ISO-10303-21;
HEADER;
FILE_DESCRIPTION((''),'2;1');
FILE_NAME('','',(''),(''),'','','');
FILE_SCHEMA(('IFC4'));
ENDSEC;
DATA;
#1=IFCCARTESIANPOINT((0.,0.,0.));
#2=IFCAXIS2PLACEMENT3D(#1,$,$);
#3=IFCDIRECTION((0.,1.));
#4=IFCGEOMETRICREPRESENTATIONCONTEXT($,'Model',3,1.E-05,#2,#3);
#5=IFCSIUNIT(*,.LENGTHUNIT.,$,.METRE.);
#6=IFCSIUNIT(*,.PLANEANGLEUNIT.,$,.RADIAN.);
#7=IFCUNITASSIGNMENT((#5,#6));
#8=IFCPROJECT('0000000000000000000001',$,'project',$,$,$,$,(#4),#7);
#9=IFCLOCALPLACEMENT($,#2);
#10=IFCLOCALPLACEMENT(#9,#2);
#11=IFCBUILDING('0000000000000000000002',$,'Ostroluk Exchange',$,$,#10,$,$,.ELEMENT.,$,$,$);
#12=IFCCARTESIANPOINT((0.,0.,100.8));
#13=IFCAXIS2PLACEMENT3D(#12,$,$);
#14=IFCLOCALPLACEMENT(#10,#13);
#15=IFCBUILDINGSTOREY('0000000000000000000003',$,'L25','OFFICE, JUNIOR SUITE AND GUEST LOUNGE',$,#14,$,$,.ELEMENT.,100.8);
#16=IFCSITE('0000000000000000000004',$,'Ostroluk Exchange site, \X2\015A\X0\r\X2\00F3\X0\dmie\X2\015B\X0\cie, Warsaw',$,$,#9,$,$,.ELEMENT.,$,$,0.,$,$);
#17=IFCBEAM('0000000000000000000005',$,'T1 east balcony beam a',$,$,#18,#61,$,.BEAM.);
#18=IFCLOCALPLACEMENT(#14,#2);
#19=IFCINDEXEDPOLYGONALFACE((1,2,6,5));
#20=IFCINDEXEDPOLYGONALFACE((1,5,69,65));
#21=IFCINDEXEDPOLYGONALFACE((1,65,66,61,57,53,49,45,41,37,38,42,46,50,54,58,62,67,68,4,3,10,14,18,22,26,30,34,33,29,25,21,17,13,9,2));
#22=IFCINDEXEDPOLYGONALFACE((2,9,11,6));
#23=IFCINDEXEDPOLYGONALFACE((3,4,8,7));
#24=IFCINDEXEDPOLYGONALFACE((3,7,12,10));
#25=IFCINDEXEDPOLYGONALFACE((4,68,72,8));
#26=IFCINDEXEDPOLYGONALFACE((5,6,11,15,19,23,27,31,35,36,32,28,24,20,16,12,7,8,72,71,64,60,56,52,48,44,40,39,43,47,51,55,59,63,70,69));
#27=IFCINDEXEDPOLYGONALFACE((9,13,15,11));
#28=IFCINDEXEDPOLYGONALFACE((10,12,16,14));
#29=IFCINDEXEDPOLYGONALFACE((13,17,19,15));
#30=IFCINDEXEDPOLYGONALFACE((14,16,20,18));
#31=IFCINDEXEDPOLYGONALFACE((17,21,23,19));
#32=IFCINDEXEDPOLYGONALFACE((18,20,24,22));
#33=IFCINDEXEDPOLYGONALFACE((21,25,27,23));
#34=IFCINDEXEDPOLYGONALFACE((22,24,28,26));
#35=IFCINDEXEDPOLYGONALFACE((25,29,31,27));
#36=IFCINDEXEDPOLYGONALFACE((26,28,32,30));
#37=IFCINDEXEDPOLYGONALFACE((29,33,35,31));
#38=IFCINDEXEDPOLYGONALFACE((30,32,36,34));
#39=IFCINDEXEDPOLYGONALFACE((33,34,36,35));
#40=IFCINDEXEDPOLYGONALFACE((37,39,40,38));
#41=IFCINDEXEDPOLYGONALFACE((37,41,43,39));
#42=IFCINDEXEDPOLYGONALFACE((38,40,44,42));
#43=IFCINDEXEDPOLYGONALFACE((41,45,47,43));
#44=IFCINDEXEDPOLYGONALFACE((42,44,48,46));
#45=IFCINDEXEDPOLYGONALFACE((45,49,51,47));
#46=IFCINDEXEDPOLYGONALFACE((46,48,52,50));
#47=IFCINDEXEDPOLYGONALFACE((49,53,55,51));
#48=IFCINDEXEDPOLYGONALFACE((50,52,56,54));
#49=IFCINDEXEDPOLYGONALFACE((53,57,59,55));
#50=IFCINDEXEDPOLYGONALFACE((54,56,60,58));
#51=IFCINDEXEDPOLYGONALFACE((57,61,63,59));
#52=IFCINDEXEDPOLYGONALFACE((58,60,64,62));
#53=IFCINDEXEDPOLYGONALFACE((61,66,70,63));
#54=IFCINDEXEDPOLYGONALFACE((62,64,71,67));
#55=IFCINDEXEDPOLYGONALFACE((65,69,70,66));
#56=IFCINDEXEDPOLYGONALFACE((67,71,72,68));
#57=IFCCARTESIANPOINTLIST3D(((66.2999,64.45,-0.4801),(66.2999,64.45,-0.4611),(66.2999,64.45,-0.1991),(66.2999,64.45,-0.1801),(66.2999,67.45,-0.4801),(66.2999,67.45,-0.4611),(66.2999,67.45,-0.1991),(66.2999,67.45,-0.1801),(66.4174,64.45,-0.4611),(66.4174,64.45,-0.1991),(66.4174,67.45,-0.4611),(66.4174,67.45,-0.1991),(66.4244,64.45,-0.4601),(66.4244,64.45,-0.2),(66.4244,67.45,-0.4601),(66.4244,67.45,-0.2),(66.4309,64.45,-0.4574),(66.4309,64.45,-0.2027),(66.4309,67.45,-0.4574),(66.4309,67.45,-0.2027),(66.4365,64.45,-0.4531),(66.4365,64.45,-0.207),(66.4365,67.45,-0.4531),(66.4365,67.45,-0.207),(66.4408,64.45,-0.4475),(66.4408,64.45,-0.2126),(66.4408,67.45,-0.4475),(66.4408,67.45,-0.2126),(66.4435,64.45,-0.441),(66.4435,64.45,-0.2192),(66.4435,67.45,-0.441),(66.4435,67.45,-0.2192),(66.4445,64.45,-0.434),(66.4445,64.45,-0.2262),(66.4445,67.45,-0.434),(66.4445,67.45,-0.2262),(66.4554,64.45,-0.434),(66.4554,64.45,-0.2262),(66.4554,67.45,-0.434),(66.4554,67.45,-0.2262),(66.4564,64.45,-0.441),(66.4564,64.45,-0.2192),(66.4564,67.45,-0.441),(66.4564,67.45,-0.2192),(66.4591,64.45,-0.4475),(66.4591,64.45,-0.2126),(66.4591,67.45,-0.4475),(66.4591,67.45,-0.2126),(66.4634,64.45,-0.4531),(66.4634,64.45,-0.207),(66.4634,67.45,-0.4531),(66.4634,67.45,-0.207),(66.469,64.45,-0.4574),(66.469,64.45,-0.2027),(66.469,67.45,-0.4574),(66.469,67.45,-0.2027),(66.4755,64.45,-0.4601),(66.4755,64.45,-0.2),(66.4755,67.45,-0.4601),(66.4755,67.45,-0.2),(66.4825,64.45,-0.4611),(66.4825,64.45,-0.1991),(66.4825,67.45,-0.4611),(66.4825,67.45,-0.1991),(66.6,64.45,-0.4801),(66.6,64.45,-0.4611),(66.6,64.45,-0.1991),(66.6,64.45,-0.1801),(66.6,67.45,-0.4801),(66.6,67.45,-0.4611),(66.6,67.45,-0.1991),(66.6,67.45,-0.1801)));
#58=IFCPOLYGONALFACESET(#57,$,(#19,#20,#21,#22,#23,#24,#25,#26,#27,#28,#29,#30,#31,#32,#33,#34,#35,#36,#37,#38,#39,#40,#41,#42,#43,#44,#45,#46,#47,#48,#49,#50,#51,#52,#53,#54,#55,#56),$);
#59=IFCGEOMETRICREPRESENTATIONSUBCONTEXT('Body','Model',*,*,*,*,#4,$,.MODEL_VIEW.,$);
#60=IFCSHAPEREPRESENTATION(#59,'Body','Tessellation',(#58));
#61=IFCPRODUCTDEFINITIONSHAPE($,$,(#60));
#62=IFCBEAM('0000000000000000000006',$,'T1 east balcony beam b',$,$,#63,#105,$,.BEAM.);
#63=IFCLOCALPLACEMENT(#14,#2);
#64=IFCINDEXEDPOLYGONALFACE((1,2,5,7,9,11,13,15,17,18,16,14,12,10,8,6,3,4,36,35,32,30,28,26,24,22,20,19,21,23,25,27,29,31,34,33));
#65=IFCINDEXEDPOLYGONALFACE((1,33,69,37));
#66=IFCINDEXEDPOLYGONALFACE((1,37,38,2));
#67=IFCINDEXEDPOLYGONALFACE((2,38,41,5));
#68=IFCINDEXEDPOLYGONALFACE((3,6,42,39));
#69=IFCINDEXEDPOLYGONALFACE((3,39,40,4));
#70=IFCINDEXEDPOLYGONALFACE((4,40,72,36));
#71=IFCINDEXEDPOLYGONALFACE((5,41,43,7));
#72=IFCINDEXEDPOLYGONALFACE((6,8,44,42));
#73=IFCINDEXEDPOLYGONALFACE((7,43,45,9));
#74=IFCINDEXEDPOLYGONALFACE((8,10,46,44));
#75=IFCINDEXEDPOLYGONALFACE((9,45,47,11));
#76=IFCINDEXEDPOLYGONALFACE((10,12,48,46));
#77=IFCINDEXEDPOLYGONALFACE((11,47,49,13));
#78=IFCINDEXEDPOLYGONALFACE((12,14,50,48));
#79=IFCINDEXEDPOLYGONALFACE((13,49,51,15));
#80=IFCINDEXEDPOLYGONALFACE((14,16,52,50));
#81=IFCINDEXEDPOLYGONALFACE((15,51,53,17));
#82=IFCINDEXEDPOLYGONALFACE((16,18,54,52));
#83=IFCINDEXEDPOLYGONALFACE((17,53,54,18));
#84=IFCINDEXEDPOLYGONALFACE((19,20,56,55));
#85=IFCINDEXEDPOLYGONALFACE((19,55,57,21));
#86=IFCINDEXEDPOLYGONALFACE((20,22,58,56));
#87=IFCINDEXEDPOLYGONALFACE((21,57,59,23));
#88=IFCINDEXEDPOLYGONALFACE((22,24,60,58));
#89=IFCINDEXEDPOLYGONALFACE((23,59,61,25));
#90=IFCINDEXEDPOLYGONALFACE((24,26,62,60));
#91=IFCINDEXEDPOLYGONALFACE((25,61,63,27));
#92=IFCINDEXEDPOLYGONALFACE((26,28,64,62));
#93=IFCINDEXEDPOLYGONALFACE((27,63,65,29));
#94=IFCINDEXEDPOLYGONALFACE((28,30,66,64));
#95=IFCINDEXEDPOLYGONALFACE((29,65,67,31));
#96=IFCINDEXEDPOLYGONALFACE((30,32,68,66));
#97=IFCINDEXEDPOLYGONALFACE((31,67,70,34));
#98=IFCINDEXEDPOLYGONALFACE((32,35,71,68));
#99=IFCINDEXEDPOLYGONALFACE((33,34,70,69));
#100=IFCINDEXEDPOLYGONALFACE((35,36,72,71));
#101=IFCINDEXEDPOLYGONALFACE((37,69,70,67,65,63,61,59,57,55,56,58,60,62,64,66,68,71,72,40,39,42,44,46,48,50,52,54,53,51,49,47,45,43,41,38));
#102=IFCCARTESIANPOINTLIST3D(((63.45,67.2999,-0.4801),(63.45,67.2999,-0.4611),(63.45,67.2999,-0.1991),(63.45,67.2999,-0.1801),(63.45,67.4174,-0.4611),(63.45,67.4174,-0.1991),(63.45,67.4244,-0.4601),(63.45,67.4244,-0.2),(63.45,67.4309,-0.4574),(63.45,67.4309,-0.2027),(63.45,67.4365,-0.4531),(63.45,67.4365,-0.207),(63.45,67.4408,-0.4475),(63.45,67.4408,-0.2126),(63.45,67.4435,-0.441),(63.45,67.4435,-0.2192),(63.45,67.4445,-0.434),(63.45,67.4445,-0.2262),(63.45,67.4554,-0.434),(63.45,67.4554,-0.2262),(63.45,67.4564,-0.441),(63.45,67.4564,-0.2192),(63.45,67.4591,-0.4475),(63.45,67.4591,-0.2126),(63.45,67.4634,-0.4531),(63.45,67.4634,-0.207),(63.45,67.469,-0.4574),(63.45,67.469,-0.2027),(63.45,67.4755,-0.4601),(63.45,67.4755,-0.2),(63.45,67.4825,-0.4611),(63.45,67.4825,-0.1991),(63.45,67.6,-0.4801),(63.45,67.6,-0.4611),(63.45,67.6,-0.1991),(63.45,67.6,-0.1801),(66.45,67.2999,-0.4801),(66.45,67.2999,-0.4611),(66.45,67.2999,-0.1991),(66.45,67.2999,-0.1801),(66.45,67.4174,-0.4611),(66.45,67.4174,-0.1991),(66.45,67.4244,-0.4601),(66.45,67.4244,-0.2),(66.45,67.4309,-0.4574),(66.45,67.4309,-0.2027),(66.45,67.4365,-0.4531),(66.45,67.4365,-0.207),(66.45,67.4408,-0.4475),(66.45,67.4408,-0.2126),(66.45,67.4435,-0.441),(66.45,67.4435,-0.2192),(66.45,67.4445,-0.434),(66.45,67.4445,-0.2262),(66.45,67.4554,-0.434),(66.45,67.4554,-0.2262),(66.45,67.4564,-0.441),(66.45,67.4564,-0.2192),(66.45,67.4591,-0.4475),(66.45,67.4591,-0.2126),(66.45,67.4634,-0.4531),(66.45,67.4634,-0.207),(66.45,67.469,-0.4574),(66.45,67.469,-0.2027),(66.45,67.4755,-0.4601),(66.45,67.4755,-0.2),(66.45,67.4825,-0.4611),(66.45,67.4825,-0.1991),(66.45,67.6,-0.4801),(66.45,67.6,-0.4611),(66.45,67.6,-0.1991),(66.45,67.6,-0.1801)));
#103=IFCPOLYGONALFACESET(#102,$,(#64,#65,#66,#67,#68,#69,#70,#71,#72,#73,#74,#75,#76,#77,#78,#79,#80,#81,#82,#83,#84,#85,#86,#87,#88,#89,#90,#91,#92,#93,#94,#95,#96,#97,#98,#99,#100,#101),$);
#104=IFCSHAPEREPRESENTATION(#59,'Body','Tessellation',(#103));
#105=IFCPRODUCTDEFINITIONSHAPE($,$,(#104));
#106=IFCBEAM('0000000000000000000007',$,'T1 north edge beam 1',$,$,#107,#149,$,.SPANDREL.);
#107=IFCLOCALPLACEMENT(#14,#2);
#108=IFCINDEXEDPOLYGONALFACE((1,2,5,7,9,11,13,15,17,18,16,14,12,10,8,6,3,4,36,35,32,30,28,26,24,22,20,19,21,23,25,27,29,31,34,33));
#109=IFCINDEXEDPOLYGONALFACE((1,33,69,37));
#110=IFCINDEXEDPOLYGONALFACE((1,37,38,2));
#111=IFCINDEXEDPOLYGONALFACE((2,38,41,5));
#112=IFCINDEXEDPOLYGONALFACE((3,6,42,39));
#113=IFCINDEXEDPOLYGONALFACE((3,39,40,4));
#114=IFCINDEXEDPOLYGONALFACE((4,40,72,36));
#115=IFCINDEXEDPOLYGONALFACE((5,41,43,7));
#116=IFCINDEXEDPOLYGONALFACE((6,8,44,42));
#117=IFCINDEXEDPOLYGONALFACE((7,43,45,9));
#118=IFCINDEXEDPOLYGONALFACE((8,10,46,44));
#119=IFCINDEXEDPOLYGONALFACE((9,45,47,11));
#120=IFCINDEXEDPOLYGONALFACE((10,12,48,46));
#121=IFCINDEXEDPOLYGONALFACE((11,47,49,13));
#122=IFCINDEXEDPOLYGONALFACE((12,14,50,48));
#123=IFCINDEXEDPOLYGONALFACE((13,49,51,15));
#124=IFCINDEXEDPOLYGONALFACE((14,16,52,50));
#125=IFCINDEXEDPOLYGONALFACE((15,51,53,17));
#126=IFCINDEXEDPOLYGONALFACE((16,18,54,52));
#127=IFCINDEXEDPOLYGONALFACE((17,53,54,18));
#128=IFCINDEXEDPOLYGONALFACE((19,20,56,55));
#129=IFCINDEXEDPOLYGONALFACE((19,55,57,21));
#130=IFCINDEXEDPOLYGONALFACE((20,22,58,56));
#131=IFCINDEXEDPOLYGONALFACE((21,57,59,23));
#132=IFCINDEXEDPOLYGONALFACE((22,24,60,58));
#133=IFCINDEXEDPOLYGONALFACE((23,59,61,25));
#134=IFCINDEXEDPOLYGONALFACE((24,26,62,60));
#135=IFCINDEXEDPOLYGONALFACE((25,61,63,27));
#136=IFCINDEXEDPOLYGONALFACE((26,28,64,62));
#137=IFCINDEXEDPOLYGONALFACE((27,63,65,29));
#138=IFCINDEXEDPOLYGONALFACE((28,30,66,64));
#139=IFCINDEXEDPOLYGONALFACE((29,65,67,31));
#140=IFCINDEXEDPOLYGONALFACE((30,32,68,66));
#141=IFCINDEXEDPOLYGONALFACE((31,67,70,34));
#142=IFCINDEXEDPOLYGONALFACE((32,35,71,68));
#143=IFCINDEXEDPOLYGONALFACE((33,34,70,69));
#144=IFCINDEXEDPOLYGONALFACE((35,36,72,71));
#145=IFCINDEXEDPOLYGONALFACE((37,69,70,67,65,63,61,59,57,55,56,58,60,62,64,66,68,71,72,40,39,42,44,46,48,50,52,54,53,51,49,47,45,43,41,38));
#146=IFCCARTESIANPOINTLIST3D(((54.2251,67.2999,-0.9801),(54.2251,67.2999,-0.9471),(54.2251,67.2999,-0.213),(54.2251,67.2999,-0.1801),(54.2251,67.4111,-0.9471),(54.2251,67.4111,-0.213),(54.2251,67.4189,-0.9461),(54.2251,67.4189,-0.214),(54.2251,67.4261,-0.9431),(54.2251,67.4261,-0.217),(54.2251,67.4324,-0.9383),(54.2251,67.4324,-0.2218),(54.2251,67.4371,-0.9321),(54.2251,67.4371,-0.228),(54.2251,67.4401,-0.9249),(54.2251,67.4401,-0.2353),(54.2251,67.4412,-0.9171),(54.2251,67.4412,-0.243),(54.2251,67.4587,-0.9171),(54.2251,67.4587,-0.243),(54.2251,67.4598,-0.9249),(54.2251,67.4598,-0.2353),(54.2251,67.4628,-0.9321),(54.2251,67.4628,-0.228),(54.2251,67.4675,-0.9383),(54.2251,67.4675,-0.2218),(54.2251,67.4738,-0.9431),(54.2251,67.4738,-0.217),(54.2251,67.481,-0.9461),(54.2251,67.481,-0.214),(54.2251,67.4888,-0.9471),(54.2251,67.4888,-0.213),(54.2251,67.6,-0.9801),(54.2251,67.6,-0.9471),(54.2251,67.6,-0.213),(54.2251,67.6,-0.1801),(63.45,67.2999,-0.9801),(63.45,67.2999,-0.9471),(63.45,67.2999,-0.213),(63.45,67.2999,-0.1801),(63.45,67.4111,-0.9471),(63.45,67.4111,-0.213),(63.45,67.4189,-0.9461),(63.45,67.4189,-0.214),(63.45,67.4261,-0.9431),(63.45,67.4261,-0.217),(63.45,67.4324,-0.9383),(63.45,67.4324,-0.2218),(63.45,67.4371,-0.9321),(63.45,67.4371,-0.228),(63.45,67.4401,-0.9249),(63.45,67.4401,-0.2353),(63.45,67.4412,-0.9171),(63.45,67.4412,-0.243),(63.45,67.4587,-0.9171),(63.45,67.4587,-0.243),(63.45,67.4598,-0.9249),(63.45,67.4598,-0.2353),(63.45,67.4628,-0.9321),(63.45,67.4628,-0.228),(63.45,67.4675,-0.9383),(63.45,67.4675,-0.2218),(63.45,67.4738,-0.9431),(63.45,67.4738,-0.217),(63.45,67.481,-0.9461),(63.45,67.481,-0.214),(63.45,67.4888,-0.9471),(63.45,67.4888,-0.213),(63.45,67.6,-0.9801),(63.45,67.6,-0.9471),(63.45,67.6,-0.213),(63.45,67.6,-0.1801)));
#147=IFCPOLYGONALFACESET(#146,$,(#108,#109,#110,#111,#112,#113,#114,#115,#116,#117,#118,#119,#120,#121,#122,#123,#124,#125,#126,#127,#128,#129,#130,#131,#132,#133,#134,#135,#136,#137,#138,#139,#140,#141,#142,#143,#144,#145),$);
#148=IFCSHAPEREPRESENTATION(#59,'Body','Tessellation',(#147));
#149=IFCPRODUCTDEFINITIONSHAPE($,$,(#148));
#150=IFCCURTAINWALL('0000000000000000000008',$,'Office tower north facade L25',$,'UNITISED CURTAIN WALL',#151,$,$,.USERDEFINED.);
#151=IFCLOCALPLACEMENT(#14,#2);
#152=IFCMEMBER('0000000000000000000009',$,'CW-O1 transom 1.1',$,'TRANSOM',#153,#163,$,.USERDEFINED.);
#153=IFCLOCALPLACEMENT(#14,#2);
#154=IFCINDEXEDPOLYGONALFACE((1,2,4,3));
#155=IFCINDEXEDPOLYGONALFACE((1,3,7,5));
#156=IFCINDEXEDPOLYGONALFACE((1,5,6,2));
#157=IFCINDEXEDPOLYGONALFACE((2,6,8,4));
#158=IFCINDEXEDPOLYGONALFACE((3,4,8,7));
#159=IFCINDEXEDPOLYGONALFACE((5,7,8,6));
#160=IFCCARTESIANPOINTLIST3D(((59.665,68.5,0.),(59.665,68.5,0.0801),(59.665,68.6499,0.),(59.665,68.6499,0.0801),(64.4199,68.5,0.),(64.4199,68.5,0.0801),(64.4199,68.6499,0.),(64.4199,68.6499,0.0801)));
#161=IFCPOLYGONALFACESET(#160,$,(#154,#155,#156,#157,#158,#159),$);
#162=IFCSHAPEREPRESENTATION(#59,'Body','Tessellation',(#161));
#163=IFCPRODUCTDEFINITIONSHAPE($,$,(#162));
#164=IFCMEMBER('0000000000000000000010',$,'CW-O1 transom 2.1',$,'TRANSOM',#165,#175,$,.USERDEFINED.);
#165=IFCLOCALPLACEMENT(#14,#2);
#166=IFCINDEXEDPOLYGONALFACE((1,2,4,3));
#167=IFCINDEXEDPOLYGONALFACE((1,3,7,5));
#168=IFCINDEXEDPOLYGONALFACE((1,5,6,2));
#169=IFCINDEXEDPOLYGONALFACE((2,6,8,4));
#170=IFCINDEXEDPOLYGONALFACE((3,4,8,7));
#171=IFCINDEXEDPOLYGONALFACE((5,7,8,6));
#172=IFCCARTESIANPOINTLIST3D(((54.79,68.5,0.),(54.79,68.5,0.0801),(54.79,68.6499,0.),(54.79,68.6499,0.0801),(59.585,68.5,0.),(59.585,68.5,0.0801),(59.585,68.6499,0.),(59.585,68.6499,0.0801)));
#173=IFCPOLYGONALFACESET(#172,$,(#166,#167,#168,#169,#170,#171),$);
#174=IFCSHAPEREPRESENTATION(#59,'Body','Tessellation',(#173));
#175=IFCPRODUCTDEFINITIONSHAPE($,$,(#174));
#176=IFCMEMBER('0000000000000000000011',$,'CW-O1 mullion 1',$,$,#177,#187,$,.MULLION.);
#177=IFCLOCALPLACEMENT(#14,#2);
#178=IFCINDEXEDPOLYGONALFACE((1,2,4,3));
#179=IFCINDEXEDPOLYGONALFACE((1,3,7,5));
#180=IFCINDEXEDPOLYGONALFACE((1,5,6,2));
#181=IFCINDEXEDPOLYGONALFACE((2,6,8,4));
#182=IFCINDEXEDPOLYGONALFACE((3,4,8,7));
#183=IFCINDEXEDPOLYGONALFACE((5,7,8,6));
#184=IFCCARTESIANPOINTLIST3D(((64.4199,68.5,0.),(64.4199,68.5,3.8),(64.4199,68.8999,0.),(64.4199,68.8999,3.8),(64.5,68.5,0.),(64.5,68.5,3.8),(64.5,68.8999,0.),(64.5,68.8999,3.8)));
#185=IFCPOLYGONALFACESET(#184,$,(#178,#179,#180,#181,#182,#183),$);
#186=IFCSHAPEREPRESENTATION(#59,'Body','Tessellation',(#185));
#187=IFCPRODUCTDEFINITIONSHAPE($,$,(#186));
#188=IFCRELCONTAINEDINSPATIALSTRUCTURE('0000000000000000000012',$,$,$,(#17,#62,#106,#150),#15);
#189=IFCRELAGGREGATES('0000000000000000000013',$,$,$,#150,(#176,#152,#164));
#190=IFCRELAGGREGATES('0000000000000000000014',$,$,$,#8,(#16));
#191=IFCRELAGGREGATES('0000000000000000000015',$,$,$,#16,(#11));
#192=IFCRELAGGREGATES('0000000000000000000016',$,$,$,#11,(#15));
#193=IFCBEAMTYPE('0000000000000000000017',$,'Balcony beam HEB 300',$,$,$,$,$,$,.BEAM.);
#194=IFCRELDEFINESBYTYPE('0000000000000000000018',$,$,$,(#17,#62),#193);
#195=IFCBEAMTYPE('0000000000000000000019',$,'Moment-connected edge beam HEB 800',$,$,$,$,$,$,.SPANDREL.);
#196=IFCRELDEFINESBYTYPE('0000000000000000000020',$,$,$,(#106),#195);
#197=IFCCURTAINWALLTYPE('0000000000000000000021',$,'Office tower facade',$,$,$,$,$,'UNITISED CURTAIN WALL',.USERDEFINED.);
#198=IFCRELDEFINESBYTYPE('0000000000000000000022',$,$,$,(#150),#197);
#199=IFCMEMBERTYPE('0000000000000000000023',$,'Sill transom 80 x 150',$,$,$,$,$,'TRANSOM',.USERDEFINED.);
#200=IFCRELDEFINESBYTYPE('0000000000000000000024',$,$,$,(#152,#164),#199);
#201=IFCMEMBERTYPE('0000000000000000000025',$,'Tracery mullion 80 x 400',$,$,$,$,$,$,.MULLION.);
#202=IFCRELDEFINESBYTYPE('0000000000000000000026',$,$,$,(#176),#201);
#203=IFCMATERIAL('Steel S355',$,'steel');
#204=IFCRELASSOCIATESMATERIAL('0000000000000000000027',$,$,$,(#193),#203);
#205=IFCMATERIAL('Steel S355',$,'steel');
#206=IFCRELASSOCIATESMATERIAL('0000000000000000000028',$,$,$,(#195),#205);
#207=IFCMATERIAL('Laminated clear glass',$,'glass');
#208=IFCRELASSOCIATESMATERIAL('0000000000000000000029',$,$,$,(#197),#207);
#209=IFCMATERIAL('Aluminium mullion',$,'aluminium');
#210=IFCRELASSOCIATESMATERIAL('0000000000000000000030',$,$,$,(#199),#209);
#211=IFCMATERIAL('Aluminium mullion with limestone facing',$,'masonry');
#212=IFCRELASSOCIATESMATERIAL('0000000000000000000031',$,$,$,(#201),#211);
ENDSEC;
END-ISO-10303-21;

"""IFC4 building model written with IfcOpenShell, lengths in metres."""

from ifc_helpers import new_model, si_unit, direction, frame, origin, origin_2d, place, context, subcontext, project, spatial, rectangle, i_section, extrude, material, material_profile, profile_set, type_object, element, aggregate, save


model = new_model("IFC4")

# Units and contexts
model_context = context("Model", 3, precision=1e-05, world=origin(), true_north=direction((0.0, 1.0)))
body_context = subcontext(model_context, "Body", "Model", "MODEL_VIEW")
ifc_project = project(units=[si_unit("LENGTHUNIT", "METRE"), si_unit("PLANEANGLEUNIT", "RADIAN")], contexts=[model_context])

# Site, building, storey
site_placement = place(None, origin())
site = spatial("IfcSite", under=ifc_project, at=site_placement, Name="Ostroluk Exchange site, Śródmieście, Warsaw", CompositionType="ELEMENT", RefElevation=0.0)
building_placement = place(site_placement, origin())
building = spatial("IfcBuilding", under=site, at=building_placement, Name="Ostroluk Exchange", CompositionType="ELEMENT")
storey_placement = place(building_placement, frame((0.0, 0.0, 100.8)))
storey = spatial("IfcBuildingStorey", under=building, at=storey_placement, Name="L25", Description="OFFICE, JUNIOR SUITE AND GUEST LOUNGE", CompositionType="ELEMENT", Elevation=100.8)

# Beams
ifc_material_1 = material(Name="Steel S355", Category="steel")
ifc_material_profile_1 = material_profile(ifc_material_1, i_section(OverallWidth=0.3, OverallDepth=0.3, WebThickness=0.011, FlangeThickness=0.019, FilletRadius=0.0271, at=origin_2d()), Name="HEB 300")
ifc_profile_set_1 = profile_set([ifc_material_profile_1], Name="Steel S355")
beam_type_1 = type_object("IfcBeamType", Name="Balcony beam HEB 300", PredefinedType="BEAM", material=ifc_profile_set_1)
for number, where, z_axis, x_axis, name in (
    (1, (66.45, 64.45, -0.3301), (0.0, 1.0, 0.0), (-1.0, 0.0, 0.0), "T1 east balcony beam a"),
    (2, (63.45, 67.45, -0.3301), (1.0, 0.0, 0.0), (0.0, 1.0, 0.0), "T1 east balcony beam b"),
):
    element("IfcBeam", number, at=place(storey_placement, frame(where, z_axis=z_axis, x_axis=x_axis)), inside=storey, type_object=beam_type_1, Name=name, PredefinedType="BEAM", context=body_context, shape_type="SweptSolid", body=[
        extrude(i_section(OverallWidth=0.3, OverallDepth=0.3, WebThickness=0.011, FlangeThickness=0.019, FilletRadius=0.0271, at=origin_2d()), origin(), (0.0, 0.0, 1.0), 3.0),
    ])
ifc_material_2 = material(Name="Steel S355", Category="steel")
ifc_material_profile_2 = material_profile(ifc_material_2, i_section(OverallWidth=0.3, OverallDepth=0.8, WebThickness=0.0176, FlangeThickness=0.033, FilletRadius=0.03, at=origin_2d()), Name="HEB 800")
ifc_profile_set_2 = profile_set([ifc_material_profile_2], Name="Steel S355")
beam_type_2 = type_object("IfcBeamType", Name="Moment-connected edge beam HEB 800", PredefinedType="SPANDREL", material=ifc_profile_set_2)
beam_placement = place(storey_placement, frame((63.45, 67.45, -0.5801), z_axis=(-1.0, 0.0, 0.0), x_axis=(0.0, -1.0, 0.0)))
element("IfcBeam", 3, at=beam_placement, inside=storey, type_object=beam_type_2, Name="T1 north edge beam 1", PredefinedType="SPANDREL", context=body_context, shape_type="SweptSolid", body=[
    extrude(i_section(OverallWidth=0.3, OverallDepth=0.8, WebThickness=0.0176, FlangeThickness=0.033, FilletRadius=0.03, at=origin_2d()), origin(), (0.0, 0.0, 1.0), 9.2249),
])

# Curtain wall, members
ifc_material_3 = material(Name="Laminated clear glass", Category="glass")
curtain_wall_type = type_object("IfcCurtainWallType", Name="Office tower facade", ElementType="UNITISED CURTAIN WALL", PredefinedType="USERDEFINED", material=ifc_material_3)
curtain_wall_placement = place(storey_placement, origin())
curtain_wall = element("IfcCurtainWall", 4, at=curtain_wall_placement, inside=storey, type_object=curtain_wall_type, Name="Office tower north facade L25", ObjectType="UNITISED CURTAIN WALL", PredefinedType="USERDEFINED")
ifc_material_4 = material(Name="Aluminium mullion", Category="aluminium")
ifc_material_profile_3 = material_profile(ifc_material_4, rectangle(XDim=0.1499, YDim=0.0801, at=origin_2d()), Name="Sill transom 80 x 150")
ifc_profile_set_3 = profile_set([ifc_material_profile_3], Name="Aluminium mullion")
member_type_1 = type_object("IfcMemberType", Name="Sill transom 80 x 150", ElementType="TRANSOM", PredefinedType="USERDEFINED", material=ifc_profile_set_3)
member_1_placement = place(storey_placement, frame((64.4199, 68.575, 0.04), z_axis=(-1.0, 0.0, 0.0), x_axis=(0.0, -1.0, 0.0)))
member_1 = element("IfcMember", 5, at=member_1_placement, type_object=member_type_1, Name="CW-O1 transom 1.1", ObjectType="TRANSOM", PredefinedType="USERDEFINED", context=body_context, shape_type="SweptSolid", body=[
    extrude(rectangle(XDim=0.1499, YDim=0.0801, at=origin_2d()), origin(), (0.0, 0.0, 1.0), 4.7549),
])
member_2_placement = place(storey_placement, frame((59.585, 68.575, 0.04), z_axis=(-1.0, 0.0, 0.0), x_axis=(0.0, -1.0, 0.0)))
member_2 = element("IfcMember", 6, at=member_2_placement, type_object=member_type_1, Name="CW-O1 transom 2.1", ObjectType="TRANSOM", PredefinedType="USERDEFINED", context=body_context, shape_type="SweptSolid", body=[
    extrude(rectangle(XDim=0.1499, YDim=0.0801, at=origin_2d()), origin(), (0.0, 0.0, 1.0), 4.7949),
])
ifc_material_5 = material(Name="Aluminium mullion with limestone facing", Category="masonry")
ifc_material_profile_4 = material_profile(ifc_material_5, rectangle(XDim=0.3999, YDim=0.0801, at=origin_2d()), Name="Tracery mullion 80 x 400")
ifc_profile_set_4 = profile_set([ifc_material_profile_4], Name="Aluminium mullion with limestone facing")
member_type_2 = type_object("IfcMemberType", Name="Tracery mullion 80 x 400", PredefinedType="MULLION", material=ifc_profile_set_4)
member_3_placement = place(storey_placement, frame((64.46, 68.7, 0.0), z_axis=(0.0, 0.0, 1.0), x_axis=(0.0, -1.0, 0.0)))
member_3 = element("IfcMember", 7, at=member_3_placement, type_object=member_type_2, Name="CW-O1 mullion 1", PredefinedType="MULLION", context=body_context, shape_type="SweptSolid", body=[
    extrude(rectangle(XDim=0.3999, YDim=0.0801, at=origin_2d()), origin(), (0.0, 0.0, 1.0), 3.8),
])

aggregate(curtain_wall, [member_3, member_1, member_2])

save(model, "model.ifc")
